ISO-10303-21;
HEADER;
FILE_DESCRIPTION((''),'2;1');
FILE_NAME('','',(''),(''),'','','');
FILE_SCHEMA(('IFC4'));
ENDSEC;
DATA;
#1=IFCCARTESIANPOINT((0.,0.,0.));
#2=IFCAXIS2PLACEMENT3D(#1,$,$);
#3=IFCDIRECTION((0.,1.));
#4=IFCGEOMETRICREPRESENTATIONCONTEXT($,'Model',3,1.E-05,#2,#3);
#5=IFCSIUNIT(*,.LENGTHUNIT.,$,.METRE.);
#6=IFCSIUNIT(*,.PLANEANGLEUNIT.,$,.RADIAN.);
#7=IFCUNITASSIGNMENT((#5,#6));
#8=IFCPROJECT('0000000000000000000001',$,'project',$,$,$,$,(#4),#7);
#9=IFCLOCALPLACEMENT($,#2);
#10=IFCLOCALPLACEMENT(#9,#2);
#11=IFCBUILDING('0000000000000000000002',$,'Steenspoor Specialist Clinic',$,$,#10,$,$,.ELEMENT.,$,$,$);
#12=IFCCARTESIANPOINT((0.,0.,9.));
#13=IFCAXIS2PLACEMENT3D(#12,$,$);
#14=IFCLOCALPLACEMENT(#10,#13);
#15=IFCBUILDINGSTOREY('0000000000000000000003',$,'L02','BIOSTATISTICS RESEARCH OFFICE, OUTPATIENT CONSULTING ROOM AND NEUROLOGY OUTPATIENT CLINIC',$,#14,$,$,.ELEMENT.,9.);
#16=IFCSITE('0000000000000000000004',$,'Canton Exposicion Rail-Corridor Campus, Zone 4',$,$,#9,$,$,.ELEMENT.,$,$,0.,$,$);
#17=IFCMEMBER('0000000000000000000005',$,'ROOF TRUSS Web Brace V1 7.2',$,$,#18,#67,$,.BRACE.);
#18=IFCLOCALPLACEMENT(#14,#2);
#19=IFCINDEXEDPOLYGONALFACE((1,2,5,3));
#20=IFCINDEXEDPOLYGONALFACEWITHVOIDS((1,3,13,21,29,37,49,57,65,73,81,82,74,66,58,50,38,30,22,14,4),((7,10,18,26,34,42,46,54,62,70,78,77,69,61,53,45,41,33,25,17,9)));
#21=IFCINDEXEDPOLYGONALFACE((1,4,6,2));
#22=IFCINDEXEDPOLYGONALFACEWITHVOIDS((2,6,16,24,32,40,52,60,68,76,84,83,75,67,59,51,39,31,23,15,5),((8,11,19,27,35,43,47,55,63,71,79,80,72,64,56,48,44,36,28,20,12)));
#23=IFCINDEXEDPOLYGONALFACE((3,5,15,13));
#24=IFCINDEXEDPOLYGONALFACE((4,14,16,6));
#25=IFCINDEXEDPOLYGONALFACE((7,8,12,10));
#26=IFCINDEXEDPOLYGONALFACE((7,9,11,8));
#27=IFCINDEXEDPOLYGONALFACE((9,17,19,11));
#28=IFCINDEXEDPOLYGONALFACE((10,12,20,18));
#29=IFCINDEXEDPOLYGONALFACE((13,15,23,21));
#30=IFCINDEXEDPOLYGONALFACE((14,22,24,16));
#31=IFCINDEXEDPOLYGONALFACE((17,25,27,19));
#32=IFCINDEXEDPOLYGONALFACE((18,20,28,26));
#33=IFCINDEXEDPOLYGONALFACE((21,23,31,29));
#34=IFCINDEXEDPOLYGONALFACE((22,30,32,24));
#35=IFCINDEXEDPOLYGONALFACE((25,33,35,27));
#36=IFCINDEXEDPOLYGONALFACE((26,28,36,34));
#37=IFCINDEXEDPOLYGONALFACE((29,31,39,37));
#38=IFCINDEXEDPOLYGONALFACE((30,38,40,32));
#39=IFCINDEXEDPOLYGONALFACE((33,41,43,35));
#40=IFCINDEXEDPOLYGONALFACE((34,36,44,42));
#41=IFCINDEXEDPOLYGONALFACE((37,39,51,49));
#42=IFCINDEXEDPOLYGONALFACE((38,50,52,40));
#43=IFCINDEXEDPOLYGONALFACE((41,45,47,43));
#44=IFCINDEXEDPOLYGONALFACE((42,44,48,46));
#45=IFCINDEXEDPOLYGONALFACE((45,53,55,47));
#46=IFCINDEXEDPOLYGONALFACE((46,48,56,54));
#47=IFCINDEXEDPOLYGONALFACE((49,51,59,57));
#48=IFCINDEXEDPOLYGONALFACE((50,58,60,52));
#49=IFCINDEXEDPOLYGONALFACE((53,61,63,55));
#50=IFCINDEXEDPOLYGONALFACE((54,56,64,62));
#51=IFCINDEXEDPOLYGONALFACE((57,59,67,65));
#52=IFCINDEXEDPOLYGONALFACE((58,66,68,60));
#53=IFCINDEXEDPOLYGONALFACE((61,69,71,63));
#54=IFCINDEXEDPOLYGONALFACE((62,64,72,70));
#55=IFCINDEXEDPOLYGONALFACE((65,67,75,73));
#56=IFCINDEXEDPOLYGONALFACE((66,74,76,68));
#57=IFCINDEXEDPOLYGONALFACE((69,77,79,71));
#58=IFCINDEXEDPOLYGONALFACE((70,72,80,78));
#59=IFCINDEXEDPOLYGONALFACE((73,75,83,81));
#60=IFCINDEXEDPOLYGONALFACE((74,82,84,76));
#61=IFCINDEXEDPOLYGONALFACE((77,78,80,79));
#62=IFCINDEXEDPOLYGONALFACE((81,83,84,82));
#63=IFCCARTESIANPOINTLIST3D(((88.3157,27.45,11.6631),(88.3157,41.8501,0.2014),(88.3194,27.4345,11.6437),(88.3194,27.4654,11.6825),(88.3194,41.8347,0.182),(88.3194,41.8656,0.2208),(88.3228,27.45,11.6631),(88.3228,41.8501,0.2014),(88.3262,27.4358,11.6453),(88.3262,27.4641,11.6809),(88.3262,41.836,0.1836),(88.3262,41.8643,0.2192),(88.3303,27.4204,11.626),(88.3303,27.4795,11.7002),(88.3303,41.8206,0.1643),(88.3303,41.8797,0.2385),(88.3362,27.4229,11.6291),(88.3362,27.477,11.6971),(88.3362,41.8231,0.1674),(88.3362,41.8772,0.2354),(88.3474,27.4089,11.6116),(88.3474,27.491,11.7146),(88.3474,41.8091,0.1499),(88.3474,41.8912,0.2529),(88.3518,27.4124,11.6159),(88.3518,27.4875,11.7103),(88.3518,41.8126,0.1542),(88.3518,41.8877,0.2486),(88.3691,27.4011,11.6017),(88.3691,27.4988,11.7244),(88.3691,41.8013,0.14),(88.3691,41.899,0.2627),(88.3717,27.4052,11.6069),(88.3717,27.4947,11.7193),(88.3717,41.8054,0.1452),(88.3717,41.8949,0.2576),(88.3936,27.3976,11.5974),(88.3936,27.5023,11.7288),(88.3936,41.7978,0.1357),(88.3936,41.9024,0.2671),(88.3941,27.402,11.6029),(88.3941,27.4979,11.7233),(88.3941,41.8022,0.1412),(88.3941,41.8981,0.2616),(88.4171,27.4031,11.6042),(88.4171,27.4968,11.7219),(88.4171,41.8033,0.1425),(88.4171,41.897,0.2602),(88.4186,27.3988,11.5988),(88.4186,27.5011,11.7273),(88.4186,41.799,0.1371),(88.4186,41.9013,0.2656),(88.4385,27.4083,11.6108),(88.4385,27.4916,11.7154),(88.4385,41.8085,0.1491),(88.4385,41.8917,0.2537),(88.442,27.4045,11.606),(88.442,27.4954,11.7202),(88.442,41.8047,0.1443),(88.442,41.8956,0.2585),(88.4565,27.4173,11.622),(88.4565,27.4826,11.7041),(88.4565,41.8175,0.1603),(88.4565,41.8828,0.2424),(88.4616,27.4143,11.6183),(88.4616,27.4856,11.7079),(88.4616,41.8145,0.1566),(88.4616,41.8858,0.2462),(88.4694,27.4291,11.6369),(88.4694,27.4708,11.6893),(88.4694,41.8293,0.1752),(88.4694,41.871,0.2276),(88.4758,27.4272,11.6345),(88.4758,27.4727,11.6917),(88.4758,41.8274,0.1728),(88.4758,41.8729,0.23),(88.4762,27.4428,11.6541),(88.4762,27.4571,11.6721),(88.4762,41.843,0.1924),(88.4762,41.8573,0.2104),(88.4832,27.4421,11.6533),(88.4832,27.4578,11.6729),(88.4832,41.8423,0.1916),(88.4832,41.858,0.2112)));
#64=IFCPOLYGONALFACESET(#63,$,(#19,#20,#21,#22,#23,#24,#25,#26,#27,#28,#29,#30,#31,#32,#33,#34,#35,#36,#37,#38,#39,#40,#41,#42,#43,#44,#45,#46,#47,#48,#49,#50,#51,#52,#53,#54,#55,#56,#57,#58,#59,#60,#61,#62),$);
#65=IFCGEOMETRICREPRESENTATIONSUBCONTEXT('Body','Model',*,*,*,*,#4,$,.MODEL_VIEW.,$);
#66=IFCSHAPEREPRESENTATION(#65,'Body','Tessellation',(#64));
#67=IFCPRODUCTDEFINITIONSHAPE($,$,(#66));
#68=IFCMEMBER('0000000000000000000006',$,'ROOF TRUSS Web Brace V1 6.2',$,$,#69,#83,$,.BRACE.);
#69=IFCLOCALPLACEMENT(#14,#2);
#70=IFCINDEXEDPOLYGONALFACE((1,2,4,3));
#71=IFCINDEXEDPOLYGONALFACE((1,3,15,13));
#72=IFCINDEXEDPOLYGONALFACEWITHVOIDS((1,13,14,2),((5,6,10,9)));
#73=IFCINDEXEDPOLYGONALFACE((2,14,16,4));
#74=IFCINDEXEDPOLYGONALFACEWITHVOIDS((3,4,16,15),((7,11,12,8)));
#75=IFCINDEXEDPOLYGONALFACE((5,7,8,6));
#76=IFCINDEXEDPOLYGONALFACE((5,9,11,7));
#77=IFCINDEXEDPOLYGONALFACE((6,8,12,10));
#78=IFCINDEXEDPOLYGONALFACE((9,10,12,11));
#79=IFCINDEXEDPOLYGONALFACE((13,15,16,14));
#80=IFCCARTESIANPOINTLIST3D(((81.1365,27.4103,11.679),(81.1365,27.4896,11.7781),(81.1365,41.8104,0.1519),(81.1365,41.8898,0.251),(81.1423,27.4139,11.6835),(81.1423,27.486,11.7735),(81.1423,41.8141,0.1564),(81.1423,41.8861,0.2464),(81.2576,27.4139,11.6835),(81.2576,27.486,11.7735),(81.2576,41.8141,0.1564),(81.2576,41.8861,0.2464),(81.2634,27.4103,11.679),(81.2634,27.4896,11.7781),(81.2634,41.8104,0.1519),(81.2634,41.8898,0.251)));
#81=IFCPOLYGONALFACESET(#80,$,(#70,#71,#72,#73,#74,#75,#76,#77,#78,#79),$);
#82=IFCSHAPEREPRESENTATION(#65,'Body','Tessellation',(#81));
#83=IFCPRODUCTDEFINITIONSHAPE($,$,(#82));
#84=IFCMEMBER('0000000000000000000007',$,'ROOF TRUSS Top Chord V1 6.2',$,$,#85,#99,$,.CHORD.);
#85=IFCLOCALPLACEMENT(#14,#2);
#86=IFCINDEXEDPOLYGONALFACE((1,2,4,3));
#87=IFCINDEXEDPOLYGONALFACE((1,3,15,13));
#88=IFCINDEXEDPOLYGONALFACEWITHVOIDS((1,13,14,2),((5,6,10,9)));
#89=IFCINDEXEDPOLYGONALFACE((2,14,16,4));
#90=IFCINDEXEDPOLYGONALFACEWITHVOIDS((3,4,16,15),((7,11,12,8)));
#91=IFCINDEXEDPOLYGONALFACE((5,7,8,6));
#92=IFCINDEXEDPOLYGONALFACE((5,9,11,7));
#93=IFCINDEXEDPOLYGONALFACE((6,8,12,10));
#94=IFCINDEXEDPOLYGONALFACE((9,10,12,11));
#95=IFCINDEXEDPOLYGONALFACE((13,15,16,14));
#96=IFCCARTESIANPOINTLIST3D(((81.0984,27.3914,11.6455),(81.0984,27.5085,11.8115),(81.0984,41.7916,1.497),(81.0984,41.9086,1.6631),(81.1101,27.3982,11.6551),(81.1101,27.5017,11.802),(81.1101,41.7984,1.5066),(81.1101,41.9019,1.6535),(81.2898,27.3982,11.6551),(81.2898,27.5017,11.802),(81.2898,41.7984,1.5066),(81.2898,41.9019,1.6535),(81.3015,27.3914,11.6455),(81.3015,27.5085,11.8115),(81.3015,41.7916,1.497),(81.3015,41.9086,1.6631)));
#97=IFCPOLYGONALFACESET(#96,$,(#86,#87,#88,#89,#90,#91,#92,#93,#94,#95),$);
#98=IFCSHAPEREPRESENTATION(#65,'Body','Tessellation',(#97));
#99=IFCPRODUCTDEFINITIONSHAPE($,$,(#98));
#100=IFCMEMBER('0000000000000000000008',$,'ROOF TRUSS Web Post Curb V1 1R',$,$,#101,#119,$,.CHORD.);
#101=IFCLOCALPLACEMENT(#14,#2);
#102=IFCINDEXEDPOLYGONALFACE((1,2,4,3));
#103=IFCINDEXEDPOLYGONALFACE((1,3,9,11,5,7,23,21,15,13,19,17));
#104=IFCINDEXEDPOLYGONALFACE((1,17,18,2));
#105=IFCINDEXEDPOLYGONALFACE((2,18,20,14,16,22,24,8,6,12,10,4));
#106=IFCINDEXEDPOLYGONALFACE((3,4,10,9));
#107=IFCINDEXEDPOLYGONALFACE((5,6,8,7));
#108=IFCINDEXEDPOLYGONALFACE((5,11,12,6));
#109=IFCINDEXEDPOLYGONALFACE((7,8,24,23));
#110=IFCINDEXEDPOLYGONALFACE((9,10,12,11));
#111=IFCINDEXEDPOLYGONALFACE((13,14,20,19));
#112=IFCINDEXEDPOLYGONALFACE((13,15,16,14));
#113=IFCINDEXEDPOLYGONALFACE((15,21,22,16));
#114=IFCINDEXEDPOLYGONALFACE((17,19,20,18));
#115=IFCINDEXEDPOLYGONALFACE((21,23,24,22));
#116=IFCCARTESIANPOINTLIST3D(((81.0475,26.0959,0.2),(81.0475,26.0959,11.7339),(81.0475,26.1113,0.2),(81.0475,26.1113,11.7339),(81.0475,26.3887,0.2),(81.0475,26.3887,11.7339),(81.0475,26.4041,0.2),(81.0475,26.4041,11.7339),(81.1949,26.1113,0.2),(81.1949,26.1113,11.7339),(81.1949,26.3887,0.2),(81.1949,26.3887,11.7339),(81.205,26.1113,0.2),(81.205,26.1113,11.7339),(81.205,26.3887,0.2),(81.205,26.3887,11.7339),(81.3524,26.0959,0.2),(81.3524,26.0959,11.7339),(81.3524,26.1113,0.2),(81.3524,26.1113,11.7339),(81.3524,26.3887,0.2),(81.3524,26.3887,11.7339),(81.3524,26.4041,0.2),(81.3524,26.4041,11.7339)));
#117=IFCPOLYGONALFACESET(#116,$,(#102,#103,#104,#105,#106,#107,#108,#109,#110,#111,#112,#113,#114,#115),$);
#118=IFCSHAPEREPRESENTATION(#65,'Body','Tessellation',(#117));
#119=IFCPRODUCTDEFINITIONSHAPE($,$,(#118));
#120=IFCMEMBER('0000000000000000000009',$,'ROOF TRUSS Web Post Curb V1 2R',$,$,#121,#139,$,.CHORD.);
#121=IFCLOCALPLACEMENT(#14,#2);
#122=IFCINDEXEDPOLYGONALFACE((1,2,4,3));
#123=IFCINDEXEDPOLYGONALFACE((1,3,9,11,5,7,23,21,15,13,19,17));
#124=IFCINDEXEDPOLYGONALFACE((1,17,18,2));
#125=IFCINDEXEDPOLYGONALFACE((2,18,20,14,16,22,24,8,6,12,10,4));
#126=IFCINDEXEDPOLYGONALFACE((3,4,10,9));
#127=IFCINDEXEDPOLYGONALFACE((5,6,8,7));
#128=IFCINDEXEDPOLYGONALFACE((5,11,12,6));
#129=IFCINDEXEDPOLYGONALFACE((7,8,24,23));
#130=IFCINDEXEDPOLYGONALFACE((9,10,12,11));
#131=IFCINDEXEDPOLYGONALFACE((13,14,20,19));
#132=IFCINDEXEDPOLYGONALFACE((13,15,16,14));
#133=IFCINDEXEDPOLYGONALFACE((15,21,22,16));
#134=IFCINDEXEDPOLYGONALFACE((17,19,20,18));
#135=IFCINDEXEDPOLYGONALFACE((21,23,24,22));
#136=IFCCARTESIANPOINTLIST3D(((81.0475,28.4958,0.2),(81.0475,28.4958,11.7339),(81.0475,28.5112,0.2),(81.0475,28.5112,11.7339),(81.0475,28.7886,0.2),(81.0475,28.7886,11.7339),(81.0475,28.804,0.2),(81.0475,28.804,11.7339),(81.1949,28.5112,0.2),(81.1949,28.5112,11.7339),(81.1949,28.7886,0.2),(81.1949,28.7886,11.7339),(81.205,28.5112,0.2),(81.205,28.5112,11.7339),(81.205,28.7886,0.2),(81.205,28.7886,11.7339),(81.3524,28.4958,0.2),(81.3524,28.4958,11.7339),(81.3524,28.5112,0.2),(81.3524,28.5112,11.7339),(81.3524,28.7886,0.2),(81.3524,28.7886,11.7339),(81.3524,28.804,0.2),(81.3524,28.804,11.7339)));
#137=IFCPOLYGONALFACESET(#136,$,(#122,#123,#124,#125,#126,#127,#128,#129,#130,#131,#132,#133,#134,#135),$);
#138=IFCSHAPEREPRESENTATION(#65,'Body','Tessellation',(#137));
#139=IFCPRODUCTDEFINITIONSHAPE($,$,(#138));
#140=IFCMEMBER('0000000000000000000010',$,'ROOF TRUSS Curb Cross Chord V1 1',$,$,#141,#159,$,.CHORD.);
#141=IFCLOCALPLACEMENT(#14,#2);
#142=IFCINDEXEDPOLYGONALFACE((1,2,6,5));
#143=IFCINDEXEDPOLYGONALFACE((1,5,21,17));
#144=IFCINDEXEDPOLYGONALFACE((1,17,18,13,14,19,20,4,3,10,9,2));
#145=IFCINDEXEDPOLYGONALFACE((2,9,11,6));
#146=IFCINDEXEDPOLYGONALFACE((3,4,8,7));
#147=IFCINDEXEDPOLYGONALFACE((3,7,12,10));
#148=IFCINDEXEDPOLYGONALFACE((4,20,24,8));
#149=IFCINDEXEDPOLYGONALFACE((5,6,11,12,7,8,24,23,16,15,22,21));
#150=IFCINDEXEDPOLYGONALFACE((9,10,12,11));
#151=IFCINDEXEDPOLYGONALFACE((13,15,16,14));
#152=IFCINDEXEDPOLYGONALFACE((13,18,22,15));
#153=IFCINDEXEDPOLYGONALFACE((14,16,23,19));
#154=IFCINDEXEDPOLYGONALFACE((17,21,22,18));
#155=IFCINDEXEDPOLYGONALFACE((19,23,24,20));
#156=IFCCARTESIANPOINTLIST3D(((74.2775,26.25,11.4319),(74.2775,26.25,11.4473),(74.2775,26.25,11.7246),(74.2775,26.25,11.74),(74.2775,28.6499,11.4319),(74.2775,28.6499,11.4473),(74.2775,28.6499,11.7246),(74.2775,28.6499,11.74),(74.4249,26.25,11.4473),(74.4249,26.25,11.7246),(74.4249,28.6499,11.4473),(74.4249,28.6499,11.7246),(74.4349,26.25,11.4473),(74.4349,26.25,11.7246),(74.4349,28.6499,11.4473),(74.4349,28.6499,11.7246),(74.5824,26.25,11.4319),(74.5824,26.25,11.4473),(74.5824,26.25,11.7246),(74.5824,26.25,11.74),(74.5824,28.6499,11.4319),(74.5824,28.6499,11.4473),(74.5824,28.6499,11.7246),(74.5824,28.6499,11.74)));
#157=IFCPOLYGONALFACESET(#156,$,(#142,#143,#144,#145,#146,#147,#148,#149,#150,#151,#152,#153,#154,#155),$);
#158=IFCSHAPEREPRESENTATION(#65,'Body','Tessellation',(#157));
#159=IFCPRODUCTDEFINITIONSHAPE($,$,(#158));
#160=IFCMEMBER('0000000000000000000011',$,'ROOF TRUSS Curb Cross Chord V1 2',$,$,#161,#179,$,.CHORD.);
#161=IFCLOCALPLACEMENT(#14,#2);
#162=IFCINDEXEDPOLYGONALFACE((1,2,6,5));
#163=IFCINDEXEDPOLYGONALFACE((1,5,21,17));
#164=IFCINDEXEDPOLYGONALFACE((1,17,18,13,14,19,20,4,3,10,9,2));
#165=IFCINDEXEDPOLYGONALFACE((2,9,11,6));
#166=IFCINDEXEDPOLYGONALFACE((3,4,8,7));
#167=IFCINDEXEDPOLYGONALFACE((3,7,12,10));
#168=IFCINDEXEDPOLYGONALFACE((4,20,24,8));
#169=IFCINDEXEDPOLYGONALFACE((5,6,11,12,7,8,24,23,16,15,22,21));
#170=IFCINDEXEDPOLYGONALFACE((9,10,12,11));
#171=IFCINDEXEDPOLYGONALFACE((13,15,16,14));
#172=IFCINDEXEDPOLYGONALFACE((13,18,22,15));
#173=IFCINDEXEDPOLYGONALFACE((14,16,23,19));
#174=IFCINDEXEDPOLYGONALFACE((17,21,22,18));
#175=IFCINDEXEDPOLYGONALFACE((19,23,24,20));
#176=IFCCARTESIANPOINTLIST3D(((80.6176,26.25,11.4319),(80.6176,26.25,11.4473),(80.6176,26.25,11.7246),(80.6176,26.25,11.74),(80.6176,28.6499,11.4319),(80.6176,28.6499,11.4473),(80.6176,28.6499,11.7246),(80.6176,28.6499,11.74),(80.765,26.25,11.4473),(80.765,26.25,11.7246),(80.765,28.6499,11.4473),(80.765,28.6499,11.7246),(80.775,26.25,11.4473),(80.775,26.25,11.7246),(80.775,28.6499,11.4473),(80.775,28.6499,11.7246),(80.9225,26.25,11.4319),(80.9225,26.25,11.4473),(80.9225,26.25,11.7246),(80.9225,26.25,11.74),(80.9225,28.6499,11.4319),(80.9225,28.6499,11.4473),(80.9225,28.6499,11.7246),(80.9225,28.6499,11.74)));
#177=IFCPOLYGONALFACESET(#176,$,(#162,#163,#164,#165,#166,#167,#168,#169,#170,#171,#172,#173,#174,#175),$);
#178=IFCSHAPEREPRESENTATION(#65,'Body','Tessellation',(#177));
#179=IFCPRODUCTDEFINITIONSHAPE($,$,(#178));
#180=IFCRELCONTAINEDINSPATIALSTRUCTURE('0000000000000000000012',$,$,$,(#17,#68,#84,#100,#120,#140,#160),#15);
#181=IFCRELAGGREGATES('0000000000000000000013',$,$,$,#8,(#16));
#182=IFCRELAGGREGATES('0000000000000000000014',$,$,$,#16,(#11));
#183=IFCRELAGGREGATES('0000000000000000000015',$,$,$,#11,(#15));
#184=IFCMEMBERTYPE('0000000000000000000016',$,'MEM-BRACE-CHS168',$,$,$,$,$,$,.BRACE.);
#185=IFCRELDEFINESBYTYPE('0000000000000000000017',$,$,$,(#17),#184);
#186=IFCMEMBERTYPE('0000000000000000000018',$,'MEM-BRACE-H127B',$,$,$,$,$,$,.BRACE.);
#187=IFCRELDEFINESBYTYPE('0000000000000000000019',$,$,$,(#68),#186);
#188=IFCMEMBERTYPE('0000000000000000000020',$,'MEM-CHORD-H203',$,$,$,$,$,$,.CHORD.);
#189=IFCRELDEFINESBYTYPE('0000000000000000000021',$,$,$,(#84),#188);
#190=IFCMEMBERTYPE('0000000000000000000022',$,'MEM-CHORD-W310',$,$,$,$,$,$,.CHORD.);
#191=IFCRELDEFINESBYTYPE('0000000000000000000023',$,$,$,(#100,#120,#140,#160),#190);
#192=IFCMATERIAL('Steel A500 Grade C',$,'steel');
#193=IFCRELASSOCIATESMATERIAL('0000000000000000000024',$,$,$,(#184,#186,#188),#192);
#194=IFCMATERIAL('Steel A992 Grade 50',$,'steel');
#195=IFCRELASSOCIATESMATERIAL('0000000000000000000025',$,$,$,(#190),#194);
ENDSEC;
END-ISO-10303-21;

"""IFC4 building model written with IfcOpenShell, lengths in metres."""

from ifc_helpers import new_model, si_unit, direction, frame, origin, origin_2d, place, context, subcontext, project, spatial, hollow_rectangle, hollow_circle, i_section, extrude, material, material_profile, profile_set, type_object, element, save


model = new_model("IFC4")

# Units and contexts
model_context = context("Model", 3, precision=1e-05, world=origin(), true_north=direction((0.0, 1.0)))
body_context = subcontext(model_context, "Body", "Model", "MODEL_VIEW")
ifc_project = project(units=[si_unit("LENGTHUNIT", "METRE"), si_unit("PLANEANGLEUNIT", "RADIAN")], contexts=[model_context])

# Site, building, storey
site_placement = place(None, origin())
site = spatial("IfcSite", under=ifc_project, at=site_placement, Name="Canton Exposicion Rail-Corridor Campus, Zone 4", CompositionType="ELEMENT", RefElevation=0.0)
building_placement = place(site_placement, origin())
building = spatial("IfcBuilding", under=site, at=building_placement, Name="Steenspoor Specialist Clinic", CompositionType="ELEMENT")
storey_placement = place(building_placement, frame((0.0, 0.0, 9.0)))
storey = spatial("IfcBuildingStorey", under=building, at=storey_placement, Name="L02", Description="BIOSTATISTICS RESEARCH OFFICE, OUTPATIENT CONSULTING ROOM AND NEUROLOGY OUTPATIENT CLINIC", CompositionType="ELEMENT", Elevation=9.0)

# Members
ifc_material_1 = material(Name="Steel A500 Grade C", Category="steel")
ifc_material_profile_1 = material_profile(ifc_material_1, hollow_circle(Radius=0.0842, WallThickness=0.0071, at=origin_2d()), Name="CHS168X7.1")
ifc_profile_set_1 = profile_set([ifc_material_profile_1], Name="Steel A500 Grade C")
member_type_1 = type_object("IfcMemberType", Name="MEM-BRACE-CHS168", PredefinedType="BRACE", material=ifc_profile_set_1)
member_1_placement = place(storey_placement, frame((88.3999, 27.45, 11.6631), z_axis=(0.0, 0.782416, -0.622757), x_axis=(-1.0, 0.0, 0.0)))
element("IfcMember", 1, at=member_1_placement, inside=storey, type_object=member_type_1, Name="ROOF TRUSS Web Brace V1 7.2", PredefinedType="BRACE", context=body_context, shape_type="SweptSolid", body=[
    extrude(hollow_circle(Radius=0.0842, WallThickness=0.0071, at=origin_2d()), origin(), (0.0, 0.0, 1.0), 18.4048),
])
ifc_material_profile_2 = material_profile(ifc_material_1, hollow_rectangle(XDim=0.127, YDim=0.127, WallThickness=0.0059, at=origin_2d()), Name="HSS127X127X6.4")
ifc_profile_set_2 = profile_set([ifc_material_profile_2], Name="Steel A500 Grade C")
member_type_2 = type_object("IfcMemberType", Name="MEM-BRACE-H127B", PredefinedType="BRACE", material=ifc_profile_set_2)
member_2_placement = place(storey_placement, frame((81.2, 27.45, 11.7285), z_axis=(0.0, 0.780684, -0.624926), x_axis=(-1.0, 0.0, 0.0)))
element("IfcMember", 2, at=member_2_placement, inside=storey, type_object=member_type_2, Name="ROOF TRUSS Web Brace V1 6.2", PredefinedType="BRACE", context=body_context, shape_type="SweptSolid", body=[
    extrude(hollow_rectangle(XDim=0.127, YDim=0.127, WallThickness=0.0059, at=origin_2d()), origin(), (0.0, 0.0, 1.0), 18.4456),
])
ifc_material_profile_3 = material_profile(ifc_material_1, hollow_rectangle(XDim=0.2031, YDim=0.2031, WallThickness=0.0117, at=origin_2d()), Name="HSS203X203X12.7")
ifc_profile_set_3 = profile_set([ifc_material_profile_3], Name="Steel A500 Grade C")
member_type_3 = type_object("IfcMemberType", Name="MEM-CHORD-H203", PredefinedType="CHORD", material=ifc_profile_set_3)
member_3_placement = place(storey_placement, frame((81.2, 27.45, 11.7285), z_axis=(0.0, 0.817405, -0.576063), x_axis=(-1.0, 0.0, 0.0)))
element("IfcMember", 3, at=member_3_placement, inside=storey, type_object=member_type_3, Name="ROOF TRUSS Top Chord V1 6.2", PredefinedType="CHORD", context=body_context, shape_type="SweptSolid", body=[
    extrude(hollow_rectangle(XDim=0.2031, YDim=0.2031, WallThickness=0.0117, at=origin_2d()), origin(), (0.0, 0.0, 1.0), 17.6169),
])
ifc_material_2 = material(Name="Steel A992 Grade 50", Category="steel")
ifc_material_profile_4 = material_profile(ifc_material_2, i_section(OverallWidth=0.3049, OverallDepth=0.3081, WebThickness=0.01, FlangeThickness=0.0154, at=origin_2d()), Name="W310X97")
ifc_profile_set_4 = profile_set([ifc_material_profile_4], Name="Steel A992 Grade 50")
member_type_4 = type_object("IfcMemberType", Name="MEM-CHORD-W310", PredefinedType="CHORD", material=ifc_profile_set_4)
for number, where, z_axis, x_axis, name in (
    (4, (81.2, 26.25, 0.2), (0.0, 0.0, 1.0), (1.0, 0.0, 0.0), "ROOF TRUSS Web Post Curb V1 1R"),
    (5, (81.2, 28.6499, 0.2), (0.0, 0.0, 1.0), (1.0, 0.0, 0.0), "ROOF TRUSS Web Post Curb V1 2R"),
):
    element("IfcMember", number, at=place(storey_placement, frame(where, z_axis=z_axis, x_axis=x_axis)), inside=storey, type_object=member_type_4, Name=name, PredefinedType="CHORD", context=body_context, shape_type="SweptSolid", body=[
        extrude(i_section(OverallWidth=0.3049, OverallDepth=0.3081, WebThickness=0.01, FlangeThickness=0.0154, at=origin_2d()), origin(), (0.0, 0.0, 1.0), 11.5339),
    ])
for number, where, z_axis, x_axis, name in (
    (6, (74.4299, 26.25, 11.5859), (0.0, 1.0, 0.0), (-1.0, 0.0, 0.0), "ROOF TRUSS Curb Cross Chord V1 1"),
    (7, (80.77, 26.25, 11.5859), (0.0, 1.0, 0.0), (-1.0, 0.0, 0.0), "ROOF TRUSS Curb Cross Chord V1 2"),
):
    element("IfcMember", number, at=place(storey_placement, frame(where, z_axis=z_axis, x_axis=x_axis)), inside=storey, type_object=member_type_4, Name=name, PredefinedType="CHORD", context=body_context, shape_type="SweptSolid", body=[
        extrude(i_section(OverallWidth=0.3049, OverallDepth=0.3081, WebThickness=0.01, FlangeThickness=0.0154, at=origin_2d()), origin(), (0.0, 0.0, 1.0), 2.3999),
    ])

save(model, "model.ifc")
